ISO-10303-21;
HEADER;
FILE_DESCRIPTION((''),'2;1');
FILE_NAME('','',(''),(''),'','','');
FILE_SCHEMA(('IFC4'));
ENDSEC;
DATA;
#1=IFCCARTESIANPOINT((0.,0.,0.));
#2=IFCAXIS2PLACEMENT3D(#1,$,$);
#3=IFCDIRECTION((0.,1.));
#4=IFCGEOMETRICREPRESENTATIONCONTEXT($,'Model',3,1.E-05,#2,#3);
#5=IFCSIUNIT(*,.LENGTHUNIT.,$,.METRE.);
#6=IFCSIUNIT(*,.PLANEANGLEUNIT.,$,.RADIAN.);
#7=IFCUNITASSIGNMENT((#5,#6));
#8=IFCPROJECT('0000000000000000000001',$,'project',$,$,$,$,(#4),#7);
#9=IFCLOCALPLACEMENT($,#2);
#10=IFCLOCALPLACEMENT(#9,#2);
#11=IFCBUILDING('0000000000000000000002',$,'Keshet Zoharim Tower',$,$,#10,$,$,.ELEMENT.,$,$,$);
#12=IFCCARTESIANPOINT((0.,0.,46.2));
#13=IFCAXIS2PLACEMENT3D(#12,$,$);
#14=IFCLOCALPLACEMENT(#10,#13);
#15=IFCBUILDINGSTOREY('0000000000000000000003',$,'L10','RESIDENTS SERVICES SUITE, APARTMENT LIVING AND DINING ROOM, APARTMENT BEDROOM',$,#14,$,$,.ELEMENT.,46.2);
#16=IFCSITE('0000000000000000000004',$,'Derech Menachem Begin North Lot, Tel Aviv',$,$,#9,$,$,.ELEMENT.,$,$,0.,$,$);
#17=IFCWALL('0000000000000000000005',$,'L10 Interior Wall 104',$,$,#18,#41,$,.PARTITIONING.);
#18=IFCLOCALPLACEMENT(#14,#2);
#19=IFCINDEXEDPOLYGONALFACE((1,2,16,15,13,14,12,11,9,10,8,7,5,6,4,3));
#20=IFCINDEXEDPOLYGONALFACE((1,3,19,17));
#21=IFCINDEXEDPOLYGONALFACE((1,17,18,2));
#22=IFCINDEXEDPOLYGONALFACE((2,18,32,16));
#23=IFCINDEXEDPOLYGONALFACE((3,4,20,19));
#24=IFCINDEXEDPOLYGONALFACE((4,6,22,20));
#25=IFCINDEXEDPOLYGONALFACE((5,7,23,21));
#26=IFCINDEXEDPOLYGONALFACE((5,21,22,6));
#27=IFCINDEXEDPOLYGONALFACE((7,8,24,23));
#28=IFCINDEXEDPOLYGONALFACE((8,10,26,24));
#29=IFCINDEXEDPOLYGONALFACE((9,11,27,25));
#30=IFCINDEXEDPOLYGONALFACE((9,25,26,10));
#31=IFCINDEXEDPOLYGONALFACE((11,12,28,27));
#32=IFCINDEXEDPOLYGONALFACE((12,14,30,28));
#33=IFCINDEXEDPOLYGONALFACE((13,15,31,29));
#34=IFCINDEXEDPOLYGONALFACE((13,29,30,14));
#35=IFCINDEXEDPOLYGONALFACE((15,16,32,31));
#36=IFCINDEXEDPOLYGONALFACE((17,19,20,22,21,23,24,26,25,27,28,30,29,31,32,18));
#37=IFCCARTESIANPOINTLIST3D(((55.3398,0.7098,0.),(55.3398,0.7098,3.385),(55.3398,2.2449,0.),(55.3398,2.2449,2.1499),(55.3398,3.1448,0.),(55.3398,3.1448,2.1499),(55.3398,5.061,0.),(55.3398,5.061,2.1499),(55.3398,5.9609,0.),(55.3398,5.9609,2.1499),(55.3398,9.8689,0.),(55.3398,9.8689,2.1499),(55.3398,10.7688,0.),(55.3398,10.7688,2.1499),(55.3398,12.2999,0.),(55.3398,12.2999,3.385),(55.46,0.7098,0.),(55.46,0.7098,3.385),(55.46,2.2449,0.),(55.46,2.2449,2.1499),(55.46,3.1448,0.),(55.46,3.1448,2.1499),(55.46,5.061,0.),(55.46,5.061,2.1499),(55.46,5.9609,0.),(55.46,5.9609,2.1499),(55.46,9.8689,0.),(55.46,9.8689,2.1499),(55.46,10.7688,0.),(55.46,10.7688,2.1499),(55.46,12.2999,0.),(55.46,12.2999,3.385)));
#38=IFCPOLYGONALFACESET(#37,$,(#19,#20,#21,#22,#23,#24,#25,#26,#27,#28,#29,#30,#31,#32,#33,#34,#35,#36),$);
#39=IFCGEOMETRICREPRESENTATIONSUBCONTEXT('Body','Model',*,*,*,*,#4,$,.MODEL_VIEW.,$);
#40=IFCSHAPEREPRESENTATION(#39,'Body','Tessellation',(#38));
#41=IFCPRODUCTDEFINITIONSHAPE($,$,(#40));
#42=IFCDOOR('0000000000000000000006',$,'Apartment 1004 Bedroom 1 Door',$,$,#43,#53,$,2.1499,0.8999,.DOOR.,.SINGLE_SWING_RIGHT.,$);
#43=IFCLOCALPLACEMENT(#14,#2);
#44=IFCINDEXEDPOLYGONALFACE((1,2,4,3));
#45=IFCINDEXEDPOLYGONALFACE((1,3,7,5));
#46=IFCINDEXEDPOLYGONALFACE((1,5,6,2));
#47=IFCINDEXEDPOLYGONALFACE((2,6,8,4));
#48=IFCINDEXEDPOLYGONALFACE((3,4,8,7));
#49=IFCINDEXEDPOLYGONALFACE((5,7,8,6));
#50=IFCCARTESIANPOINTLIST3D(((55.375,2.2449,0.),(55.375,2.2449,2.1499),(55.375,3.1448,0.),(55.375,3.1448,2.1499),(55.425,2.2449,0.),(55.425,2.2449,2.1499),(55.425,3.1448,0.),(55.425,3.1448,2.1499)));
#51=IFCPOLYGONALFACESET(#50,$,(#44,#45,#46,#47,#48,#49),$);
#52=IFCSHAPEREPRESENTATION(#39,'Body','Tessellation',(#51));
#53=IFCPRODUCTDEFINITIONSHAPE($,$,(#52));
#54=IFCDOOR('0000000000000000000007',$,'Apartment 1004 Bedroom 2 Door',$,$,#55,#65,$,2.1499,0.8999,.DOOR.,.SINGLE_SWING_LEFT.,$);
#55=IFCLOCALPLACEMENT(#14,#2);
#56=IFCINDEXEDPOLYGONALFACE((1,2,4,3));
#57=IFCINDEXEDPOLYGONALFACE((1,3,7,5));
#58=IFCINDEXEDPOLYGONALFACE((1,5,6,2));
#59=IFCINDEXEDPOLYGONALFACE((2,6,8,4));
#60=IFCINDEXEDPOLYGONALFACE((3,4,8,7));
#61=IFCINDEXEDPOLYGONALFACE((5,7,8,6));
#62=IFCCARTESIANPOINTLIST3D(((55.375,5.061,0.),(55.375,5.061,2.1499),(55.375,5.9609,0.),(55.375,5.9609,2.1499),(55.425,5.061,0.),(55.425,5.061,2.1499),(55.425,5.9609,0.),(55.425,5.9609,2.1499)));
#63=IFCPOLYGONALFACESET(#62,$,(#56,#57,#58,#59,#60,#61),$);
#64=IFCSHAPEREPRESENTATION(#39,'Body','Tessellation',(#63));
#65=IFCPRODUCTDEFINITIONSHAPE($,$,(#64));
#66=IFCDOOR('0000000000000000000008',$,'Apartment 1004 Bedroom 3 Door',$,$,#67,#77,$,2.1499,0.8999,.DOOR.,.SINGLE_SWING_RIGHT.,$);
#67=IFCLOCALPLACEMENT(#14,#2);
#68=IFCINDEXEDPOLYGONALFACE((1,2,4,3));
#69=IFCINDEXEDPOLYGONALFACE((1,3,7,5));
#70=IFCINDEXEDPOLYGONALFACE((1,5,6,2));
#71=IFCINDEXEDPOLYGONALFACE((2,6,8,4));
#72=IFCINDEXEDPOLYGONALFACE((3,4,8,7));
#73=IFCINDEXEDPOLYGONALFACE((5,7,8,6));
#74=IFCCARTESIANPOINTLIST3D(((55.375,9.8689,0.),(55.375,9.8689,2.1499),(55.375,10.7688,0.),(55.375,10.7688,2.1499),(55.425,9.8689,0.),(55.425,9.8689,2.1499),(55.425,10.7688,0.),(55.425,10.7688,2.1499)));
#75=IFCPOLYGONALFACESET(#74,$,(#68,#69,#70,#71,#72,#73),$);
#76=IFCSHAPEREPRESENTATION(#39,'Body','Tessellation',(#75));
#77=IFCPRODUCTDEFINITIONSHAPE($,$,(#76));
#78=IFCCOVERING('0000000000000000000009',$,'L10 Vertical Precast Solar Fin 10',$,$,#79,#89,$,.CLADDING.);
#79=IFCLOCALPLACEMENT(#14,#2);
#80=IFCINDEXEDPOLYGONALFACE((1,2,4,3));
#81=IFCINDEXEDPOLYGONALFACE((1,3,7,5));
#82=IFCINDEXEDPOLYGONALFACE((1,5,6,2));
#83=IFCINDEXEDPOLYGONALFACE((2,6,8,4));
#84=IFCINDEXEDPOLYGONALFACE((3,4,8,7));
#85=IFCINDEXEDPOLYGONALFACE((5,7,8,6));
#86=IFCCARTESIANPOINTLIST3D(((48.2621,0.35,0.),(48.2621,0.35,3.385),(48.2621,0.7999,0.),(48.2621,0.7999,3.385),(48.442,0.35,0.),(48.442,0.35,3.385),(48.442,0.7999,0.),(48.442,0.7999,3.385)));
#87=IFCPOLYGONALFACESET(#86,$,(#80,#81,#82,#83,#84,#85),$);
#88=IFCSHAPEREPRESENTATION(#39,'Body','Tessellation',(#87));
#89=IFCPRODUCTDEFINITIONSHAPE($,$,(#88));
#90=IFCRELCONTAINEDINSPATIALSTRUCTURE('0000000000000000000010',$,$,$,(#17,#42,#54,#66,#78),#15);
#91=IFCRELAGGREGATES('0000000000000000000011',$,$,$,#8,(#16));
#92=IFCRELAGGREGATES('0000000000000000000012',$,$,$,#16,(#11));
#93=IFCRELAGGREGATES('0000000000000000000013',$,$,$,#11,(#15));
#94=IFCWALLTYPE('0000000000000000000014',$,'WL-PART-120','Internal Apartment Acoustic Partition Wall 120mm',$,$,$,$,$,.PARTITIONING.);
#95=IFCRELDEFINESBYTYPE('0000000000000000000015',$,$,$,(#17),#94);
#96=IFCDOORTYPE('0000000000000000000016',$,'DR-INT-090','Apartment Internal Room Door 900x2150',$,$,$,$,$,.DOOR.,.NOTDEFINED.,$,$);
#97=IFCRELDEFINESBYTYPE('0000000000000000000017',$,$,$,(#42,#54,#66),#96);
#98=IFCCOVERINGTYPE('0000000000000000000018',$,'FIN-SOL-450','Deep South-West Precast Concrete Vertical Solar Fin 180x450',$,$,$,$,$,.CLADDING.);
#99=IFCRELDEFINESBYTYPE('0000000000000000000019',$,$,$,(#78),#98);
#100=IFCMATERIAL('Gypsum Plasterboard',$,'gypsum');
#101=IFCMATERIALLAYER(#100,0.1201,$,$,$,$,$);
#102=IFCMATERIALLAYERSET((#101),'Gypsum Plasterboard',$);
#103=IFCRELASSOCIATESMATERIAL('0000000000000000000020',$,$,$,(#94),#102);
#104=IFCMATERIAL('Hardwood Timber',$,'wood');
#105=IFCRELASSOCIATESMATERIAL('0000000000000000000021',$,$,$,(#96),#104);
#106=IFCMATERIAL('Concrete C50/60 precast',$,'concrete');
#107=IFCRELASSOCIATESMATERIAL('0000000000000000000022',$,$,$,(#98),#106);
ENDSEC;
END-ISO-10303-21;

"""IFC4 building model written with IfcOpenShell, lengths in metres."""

from ifc_helpers import new_model, si_unit, direction, frame, frame_2d, origin, origin_2d, place, context, subcontext, project, spatial, rectangle, extrude, material, layer, layer_set, type_object, element, fill, save


model = new_model("IFC4")

# Units and contexts
model_context = context("Model", 3, precision=1e-05, world=origin(), true_north=direction((0.0, 1.0)))
body_context = subcontext(model_context, "Body", "Model", "MODEL_VIEW")
ifc_project = project(units=[si_unit("LENGTHUNIT", "METRE"), si_unit("PLANEANGLEUNIT", "RADIAN")], contexts=[model_context])

# Site, building, storey
site_placement = place(None, origin())
site = spatial("IfcSite", under=ifc_project, at=site_placement, Name="Derech Menachem Begin North Lot, Tel Aviv", CompositionType="ELEMENT", RefElevation=0.0)
building_placement = place(site_placement, origin())
building = spatial("IfcBuilding", under=site, at=building_placement, Name="Keshet Zoharim Tower", CompositionType="ELEMENT")
storey_placement = place(building_placement, frame((0.0, 0.0, 46.2)))
storey = spatial("IfcBuildingStorey", under=building, at=storey_placement, Name="L10", Description="RESIDENTS SERVICES SUITE, APARTMENT LIVING AND DINING ROOM, APARTMENT BEDROOM", CompositionType="ELEMENT", Elevation=46.2)

# Shared definitions
ifc_material_1 = material(Name="Gypsum Plasterboard", Category="gypsum")
ifc_layer_1 = layer(ifc_material_1, 0.1201)
ifc_layer_set_1 = layer_set([ifc_layer_1], Name="Gypsum Plasterboard")
wall_type = type_object("IfcWallType", Name="WL-PART-120", Description="Internal Apartment Acoustic Partition Wall 120mm", PredefinedType="PARTITIONING", material=ifc_layer_set_1)

# Wall, openings, doors
wall_1_placement = place(storey_placement, frame((55.3999, 0.71, 0.0), z_axis=(0.0, 0.0, 1.0), x_axis=(0.0, 1.0, 0.0)))
wall_1 = element("IfcWall", 1, at=wall_1_placement, inside=storey, type_object=wall_type, Name="L10 Interior Wall 104", PredefinedType="PARTITIONING", context=body_context, shape_type="SweptSolid", body=[
    extrude(rectangle(XDim=11.5901, YDim=0.1201, at=frame_2d((5.7949, 0.0))), origin(), (0.0, 0.0, 1.0), 3.385),
])
opening_1_placement = place(wall_1_placement, frame((1.5349, 0.0, 0.0)))
opening_1 = element("IfcOpeningElement", 2, at=opening_1_placement, cuts=wall_1, PredefinedType="OPENING", context=body_context, shape_type="SweptSolid", body=[
    extrude(rectangle(XDim=0.8999, YDim=2.1499, at=frame_2d((0.45, 1.075))), frame((0.0, 0.0701, 0.0), z_axis=(0.0, -1.0, 0.0), x_axis=(1.0, 0.0, 0.0)), (0.0, 0.0, 1.0), 0.1401),
])
opening_2_placement = place(wall_1_placement, frame((4.3511, 0.0, 0.0)))
opening_2 = element("IfcOpeningElement", 3, at=opening_2_placement, cuts=wall_1, PredefinedType="OPENING", context=body_context, shape_type="SweptSolid", body=[
    extrude(rectangle(XDim=0.8999, YDim=2.1499, at=frame_2d((0.45, 1.075))), frame((0.0, 0.0701, 0.0), z_axis=(0.0, -1.0, 0.0), x_axis=(1.0, 0.0, 0.0)), (0.0, 0.0, 1.0), 0.1401),
])
opening_3_placement = place(wall_1_placement, frame((9.1589, 0.0, 0.0)))
opening_3 = element("IfcOpeningElement", 4, at=opening_3_placement, cuts=wall_1, PredefinedType="OPENING", context=body_context, shape_type="SweptSolid", body=[
    extrude(rectangle(XDim=0.8999, YDim=2.1499, at=frame_2d((0.45, 1.075))), frame((0.0, 0.0701, 0.0), z_axis=(0.0, -1.0, 0.0), x_axis=(1.0, 0.0, 0.0)), (0.0, 0.0, 1.0), 0.1401),
])
ifc_material_2 = material(Name="Hardwood Timber", Category="wood")
door_type = type_object("IfcDoorType", Name="DR-INT-090", Description="Apartment Internal Room Door 900x2150", OperationType="NOTDEFINED", PredefinedType="DOOR", material=ifc_material_2)
door_1_placement = place(opening_1_placement, origin())
door_1 = element("IfcDoor", 5, at=door_1_placement, inside=storey, type_object=door_type, Name="Apartment 1004 Bedroom 1 Door", OperationType="SINGLE_SWING_RIGHT", OverallHeight=2.1499, OverallWidth=0.8999, PredefinedType="DOOR", context=body_context, shape_type="SweptSolid", body=[
    extrude(rectangle(XDim=0.8999, YDim=2.1499, at=frame_2d((0.45, 1.075))), frame((0.0, 0.0249, 0.0), z_axis=(0.0, -1.0, 0.0), x_axis=(1.0, 0.0, 0.0)), (0.0, 0.0, 1.0), 0.05),
])
fill(opening_1, door_1)
door_2_placement = place(opening_2_placement, origin())
door_2 = element("IfcDoor", 6, at=door_2_placement, inside=storey, type_object=door_type, Name="Apartment 1004 Bedroom 2 Door", OperationType="SINGLE_SWING_LEFT", OverallHeight=2.1499, OverallWidth=0.8999, PredefinedType="DOOR", context=body_context, shape_type="SweptSolid", body=[
    extrude(rectangle(XDim=0.8999, YDim=2.1499, at=frame_2d((0.45, 1.075))), frame((0.0, 0.0249, 0.0), z_axis=(0.0, -1.0, 0.0), x_axis=(1.0, 0.0, 0.0)), (0.0, 0.0, 1.0), 0.05),
])
fill(opening_2, door_2)
door_3_placement = place(opening_3_placement, origin())
door_3 = element("IfcDoor", 7, at=door_3_placement, inside=storey, type_object=door_type, Name="Apartment 1004 Bedroom 3 Door", OperationType="SINGLE_SWING_RIGHT", OverallHeight=2.1499, OverallWidth=0.8999, PredefinedType="DOOR", context=body_context, shape_type="SweptSolid", body=[
    extrude(rectangle(XDim=0.8999, YDim=2.1499, at=frame_2d((0.45, 1.075))), frame((0.0, 0.0249, 0.0), z_axis=(0.0, -1.0, 0.0), x_axis=(1.0, 0.0, 0.0)), (0.0, 0.0, 1.0), 0.05),
])
fill(opening_3, door_3)

# Covering
ifc_material_3 = material(Name="Concrete C50/60 precast", Category="concrete")
covering_type = type_object("IfcCoveringType", Name="FIN-SOL-450", Description="Deep South-West Precast Concrete Vertical Solar Fin 180x450", PredefinedType="CLADDING", material=ifc_material_3)
covering_placement = place(storey_placement, frame((48.3521, 0.575, 0.0), z_axis=(0.0, 0.0, 1.0), x_axis=(-1.0, 0.0, 0.0)))
element("IfcCovering", 8, at=covering_placement, inside=storey, type_object=covering_type, Name="L10 Vertical Precast Solar Fin 10", PredefinedType="CLADDING", context=body_context, shape_type="SweptSolid", body=[
    extrude(rectangle(XDim=0.1799, YDim=0.45, at=origin_2d()), origin(), (0.0, 0.0, 1.0), 3.385),
])

save(model, "model.ifc")
